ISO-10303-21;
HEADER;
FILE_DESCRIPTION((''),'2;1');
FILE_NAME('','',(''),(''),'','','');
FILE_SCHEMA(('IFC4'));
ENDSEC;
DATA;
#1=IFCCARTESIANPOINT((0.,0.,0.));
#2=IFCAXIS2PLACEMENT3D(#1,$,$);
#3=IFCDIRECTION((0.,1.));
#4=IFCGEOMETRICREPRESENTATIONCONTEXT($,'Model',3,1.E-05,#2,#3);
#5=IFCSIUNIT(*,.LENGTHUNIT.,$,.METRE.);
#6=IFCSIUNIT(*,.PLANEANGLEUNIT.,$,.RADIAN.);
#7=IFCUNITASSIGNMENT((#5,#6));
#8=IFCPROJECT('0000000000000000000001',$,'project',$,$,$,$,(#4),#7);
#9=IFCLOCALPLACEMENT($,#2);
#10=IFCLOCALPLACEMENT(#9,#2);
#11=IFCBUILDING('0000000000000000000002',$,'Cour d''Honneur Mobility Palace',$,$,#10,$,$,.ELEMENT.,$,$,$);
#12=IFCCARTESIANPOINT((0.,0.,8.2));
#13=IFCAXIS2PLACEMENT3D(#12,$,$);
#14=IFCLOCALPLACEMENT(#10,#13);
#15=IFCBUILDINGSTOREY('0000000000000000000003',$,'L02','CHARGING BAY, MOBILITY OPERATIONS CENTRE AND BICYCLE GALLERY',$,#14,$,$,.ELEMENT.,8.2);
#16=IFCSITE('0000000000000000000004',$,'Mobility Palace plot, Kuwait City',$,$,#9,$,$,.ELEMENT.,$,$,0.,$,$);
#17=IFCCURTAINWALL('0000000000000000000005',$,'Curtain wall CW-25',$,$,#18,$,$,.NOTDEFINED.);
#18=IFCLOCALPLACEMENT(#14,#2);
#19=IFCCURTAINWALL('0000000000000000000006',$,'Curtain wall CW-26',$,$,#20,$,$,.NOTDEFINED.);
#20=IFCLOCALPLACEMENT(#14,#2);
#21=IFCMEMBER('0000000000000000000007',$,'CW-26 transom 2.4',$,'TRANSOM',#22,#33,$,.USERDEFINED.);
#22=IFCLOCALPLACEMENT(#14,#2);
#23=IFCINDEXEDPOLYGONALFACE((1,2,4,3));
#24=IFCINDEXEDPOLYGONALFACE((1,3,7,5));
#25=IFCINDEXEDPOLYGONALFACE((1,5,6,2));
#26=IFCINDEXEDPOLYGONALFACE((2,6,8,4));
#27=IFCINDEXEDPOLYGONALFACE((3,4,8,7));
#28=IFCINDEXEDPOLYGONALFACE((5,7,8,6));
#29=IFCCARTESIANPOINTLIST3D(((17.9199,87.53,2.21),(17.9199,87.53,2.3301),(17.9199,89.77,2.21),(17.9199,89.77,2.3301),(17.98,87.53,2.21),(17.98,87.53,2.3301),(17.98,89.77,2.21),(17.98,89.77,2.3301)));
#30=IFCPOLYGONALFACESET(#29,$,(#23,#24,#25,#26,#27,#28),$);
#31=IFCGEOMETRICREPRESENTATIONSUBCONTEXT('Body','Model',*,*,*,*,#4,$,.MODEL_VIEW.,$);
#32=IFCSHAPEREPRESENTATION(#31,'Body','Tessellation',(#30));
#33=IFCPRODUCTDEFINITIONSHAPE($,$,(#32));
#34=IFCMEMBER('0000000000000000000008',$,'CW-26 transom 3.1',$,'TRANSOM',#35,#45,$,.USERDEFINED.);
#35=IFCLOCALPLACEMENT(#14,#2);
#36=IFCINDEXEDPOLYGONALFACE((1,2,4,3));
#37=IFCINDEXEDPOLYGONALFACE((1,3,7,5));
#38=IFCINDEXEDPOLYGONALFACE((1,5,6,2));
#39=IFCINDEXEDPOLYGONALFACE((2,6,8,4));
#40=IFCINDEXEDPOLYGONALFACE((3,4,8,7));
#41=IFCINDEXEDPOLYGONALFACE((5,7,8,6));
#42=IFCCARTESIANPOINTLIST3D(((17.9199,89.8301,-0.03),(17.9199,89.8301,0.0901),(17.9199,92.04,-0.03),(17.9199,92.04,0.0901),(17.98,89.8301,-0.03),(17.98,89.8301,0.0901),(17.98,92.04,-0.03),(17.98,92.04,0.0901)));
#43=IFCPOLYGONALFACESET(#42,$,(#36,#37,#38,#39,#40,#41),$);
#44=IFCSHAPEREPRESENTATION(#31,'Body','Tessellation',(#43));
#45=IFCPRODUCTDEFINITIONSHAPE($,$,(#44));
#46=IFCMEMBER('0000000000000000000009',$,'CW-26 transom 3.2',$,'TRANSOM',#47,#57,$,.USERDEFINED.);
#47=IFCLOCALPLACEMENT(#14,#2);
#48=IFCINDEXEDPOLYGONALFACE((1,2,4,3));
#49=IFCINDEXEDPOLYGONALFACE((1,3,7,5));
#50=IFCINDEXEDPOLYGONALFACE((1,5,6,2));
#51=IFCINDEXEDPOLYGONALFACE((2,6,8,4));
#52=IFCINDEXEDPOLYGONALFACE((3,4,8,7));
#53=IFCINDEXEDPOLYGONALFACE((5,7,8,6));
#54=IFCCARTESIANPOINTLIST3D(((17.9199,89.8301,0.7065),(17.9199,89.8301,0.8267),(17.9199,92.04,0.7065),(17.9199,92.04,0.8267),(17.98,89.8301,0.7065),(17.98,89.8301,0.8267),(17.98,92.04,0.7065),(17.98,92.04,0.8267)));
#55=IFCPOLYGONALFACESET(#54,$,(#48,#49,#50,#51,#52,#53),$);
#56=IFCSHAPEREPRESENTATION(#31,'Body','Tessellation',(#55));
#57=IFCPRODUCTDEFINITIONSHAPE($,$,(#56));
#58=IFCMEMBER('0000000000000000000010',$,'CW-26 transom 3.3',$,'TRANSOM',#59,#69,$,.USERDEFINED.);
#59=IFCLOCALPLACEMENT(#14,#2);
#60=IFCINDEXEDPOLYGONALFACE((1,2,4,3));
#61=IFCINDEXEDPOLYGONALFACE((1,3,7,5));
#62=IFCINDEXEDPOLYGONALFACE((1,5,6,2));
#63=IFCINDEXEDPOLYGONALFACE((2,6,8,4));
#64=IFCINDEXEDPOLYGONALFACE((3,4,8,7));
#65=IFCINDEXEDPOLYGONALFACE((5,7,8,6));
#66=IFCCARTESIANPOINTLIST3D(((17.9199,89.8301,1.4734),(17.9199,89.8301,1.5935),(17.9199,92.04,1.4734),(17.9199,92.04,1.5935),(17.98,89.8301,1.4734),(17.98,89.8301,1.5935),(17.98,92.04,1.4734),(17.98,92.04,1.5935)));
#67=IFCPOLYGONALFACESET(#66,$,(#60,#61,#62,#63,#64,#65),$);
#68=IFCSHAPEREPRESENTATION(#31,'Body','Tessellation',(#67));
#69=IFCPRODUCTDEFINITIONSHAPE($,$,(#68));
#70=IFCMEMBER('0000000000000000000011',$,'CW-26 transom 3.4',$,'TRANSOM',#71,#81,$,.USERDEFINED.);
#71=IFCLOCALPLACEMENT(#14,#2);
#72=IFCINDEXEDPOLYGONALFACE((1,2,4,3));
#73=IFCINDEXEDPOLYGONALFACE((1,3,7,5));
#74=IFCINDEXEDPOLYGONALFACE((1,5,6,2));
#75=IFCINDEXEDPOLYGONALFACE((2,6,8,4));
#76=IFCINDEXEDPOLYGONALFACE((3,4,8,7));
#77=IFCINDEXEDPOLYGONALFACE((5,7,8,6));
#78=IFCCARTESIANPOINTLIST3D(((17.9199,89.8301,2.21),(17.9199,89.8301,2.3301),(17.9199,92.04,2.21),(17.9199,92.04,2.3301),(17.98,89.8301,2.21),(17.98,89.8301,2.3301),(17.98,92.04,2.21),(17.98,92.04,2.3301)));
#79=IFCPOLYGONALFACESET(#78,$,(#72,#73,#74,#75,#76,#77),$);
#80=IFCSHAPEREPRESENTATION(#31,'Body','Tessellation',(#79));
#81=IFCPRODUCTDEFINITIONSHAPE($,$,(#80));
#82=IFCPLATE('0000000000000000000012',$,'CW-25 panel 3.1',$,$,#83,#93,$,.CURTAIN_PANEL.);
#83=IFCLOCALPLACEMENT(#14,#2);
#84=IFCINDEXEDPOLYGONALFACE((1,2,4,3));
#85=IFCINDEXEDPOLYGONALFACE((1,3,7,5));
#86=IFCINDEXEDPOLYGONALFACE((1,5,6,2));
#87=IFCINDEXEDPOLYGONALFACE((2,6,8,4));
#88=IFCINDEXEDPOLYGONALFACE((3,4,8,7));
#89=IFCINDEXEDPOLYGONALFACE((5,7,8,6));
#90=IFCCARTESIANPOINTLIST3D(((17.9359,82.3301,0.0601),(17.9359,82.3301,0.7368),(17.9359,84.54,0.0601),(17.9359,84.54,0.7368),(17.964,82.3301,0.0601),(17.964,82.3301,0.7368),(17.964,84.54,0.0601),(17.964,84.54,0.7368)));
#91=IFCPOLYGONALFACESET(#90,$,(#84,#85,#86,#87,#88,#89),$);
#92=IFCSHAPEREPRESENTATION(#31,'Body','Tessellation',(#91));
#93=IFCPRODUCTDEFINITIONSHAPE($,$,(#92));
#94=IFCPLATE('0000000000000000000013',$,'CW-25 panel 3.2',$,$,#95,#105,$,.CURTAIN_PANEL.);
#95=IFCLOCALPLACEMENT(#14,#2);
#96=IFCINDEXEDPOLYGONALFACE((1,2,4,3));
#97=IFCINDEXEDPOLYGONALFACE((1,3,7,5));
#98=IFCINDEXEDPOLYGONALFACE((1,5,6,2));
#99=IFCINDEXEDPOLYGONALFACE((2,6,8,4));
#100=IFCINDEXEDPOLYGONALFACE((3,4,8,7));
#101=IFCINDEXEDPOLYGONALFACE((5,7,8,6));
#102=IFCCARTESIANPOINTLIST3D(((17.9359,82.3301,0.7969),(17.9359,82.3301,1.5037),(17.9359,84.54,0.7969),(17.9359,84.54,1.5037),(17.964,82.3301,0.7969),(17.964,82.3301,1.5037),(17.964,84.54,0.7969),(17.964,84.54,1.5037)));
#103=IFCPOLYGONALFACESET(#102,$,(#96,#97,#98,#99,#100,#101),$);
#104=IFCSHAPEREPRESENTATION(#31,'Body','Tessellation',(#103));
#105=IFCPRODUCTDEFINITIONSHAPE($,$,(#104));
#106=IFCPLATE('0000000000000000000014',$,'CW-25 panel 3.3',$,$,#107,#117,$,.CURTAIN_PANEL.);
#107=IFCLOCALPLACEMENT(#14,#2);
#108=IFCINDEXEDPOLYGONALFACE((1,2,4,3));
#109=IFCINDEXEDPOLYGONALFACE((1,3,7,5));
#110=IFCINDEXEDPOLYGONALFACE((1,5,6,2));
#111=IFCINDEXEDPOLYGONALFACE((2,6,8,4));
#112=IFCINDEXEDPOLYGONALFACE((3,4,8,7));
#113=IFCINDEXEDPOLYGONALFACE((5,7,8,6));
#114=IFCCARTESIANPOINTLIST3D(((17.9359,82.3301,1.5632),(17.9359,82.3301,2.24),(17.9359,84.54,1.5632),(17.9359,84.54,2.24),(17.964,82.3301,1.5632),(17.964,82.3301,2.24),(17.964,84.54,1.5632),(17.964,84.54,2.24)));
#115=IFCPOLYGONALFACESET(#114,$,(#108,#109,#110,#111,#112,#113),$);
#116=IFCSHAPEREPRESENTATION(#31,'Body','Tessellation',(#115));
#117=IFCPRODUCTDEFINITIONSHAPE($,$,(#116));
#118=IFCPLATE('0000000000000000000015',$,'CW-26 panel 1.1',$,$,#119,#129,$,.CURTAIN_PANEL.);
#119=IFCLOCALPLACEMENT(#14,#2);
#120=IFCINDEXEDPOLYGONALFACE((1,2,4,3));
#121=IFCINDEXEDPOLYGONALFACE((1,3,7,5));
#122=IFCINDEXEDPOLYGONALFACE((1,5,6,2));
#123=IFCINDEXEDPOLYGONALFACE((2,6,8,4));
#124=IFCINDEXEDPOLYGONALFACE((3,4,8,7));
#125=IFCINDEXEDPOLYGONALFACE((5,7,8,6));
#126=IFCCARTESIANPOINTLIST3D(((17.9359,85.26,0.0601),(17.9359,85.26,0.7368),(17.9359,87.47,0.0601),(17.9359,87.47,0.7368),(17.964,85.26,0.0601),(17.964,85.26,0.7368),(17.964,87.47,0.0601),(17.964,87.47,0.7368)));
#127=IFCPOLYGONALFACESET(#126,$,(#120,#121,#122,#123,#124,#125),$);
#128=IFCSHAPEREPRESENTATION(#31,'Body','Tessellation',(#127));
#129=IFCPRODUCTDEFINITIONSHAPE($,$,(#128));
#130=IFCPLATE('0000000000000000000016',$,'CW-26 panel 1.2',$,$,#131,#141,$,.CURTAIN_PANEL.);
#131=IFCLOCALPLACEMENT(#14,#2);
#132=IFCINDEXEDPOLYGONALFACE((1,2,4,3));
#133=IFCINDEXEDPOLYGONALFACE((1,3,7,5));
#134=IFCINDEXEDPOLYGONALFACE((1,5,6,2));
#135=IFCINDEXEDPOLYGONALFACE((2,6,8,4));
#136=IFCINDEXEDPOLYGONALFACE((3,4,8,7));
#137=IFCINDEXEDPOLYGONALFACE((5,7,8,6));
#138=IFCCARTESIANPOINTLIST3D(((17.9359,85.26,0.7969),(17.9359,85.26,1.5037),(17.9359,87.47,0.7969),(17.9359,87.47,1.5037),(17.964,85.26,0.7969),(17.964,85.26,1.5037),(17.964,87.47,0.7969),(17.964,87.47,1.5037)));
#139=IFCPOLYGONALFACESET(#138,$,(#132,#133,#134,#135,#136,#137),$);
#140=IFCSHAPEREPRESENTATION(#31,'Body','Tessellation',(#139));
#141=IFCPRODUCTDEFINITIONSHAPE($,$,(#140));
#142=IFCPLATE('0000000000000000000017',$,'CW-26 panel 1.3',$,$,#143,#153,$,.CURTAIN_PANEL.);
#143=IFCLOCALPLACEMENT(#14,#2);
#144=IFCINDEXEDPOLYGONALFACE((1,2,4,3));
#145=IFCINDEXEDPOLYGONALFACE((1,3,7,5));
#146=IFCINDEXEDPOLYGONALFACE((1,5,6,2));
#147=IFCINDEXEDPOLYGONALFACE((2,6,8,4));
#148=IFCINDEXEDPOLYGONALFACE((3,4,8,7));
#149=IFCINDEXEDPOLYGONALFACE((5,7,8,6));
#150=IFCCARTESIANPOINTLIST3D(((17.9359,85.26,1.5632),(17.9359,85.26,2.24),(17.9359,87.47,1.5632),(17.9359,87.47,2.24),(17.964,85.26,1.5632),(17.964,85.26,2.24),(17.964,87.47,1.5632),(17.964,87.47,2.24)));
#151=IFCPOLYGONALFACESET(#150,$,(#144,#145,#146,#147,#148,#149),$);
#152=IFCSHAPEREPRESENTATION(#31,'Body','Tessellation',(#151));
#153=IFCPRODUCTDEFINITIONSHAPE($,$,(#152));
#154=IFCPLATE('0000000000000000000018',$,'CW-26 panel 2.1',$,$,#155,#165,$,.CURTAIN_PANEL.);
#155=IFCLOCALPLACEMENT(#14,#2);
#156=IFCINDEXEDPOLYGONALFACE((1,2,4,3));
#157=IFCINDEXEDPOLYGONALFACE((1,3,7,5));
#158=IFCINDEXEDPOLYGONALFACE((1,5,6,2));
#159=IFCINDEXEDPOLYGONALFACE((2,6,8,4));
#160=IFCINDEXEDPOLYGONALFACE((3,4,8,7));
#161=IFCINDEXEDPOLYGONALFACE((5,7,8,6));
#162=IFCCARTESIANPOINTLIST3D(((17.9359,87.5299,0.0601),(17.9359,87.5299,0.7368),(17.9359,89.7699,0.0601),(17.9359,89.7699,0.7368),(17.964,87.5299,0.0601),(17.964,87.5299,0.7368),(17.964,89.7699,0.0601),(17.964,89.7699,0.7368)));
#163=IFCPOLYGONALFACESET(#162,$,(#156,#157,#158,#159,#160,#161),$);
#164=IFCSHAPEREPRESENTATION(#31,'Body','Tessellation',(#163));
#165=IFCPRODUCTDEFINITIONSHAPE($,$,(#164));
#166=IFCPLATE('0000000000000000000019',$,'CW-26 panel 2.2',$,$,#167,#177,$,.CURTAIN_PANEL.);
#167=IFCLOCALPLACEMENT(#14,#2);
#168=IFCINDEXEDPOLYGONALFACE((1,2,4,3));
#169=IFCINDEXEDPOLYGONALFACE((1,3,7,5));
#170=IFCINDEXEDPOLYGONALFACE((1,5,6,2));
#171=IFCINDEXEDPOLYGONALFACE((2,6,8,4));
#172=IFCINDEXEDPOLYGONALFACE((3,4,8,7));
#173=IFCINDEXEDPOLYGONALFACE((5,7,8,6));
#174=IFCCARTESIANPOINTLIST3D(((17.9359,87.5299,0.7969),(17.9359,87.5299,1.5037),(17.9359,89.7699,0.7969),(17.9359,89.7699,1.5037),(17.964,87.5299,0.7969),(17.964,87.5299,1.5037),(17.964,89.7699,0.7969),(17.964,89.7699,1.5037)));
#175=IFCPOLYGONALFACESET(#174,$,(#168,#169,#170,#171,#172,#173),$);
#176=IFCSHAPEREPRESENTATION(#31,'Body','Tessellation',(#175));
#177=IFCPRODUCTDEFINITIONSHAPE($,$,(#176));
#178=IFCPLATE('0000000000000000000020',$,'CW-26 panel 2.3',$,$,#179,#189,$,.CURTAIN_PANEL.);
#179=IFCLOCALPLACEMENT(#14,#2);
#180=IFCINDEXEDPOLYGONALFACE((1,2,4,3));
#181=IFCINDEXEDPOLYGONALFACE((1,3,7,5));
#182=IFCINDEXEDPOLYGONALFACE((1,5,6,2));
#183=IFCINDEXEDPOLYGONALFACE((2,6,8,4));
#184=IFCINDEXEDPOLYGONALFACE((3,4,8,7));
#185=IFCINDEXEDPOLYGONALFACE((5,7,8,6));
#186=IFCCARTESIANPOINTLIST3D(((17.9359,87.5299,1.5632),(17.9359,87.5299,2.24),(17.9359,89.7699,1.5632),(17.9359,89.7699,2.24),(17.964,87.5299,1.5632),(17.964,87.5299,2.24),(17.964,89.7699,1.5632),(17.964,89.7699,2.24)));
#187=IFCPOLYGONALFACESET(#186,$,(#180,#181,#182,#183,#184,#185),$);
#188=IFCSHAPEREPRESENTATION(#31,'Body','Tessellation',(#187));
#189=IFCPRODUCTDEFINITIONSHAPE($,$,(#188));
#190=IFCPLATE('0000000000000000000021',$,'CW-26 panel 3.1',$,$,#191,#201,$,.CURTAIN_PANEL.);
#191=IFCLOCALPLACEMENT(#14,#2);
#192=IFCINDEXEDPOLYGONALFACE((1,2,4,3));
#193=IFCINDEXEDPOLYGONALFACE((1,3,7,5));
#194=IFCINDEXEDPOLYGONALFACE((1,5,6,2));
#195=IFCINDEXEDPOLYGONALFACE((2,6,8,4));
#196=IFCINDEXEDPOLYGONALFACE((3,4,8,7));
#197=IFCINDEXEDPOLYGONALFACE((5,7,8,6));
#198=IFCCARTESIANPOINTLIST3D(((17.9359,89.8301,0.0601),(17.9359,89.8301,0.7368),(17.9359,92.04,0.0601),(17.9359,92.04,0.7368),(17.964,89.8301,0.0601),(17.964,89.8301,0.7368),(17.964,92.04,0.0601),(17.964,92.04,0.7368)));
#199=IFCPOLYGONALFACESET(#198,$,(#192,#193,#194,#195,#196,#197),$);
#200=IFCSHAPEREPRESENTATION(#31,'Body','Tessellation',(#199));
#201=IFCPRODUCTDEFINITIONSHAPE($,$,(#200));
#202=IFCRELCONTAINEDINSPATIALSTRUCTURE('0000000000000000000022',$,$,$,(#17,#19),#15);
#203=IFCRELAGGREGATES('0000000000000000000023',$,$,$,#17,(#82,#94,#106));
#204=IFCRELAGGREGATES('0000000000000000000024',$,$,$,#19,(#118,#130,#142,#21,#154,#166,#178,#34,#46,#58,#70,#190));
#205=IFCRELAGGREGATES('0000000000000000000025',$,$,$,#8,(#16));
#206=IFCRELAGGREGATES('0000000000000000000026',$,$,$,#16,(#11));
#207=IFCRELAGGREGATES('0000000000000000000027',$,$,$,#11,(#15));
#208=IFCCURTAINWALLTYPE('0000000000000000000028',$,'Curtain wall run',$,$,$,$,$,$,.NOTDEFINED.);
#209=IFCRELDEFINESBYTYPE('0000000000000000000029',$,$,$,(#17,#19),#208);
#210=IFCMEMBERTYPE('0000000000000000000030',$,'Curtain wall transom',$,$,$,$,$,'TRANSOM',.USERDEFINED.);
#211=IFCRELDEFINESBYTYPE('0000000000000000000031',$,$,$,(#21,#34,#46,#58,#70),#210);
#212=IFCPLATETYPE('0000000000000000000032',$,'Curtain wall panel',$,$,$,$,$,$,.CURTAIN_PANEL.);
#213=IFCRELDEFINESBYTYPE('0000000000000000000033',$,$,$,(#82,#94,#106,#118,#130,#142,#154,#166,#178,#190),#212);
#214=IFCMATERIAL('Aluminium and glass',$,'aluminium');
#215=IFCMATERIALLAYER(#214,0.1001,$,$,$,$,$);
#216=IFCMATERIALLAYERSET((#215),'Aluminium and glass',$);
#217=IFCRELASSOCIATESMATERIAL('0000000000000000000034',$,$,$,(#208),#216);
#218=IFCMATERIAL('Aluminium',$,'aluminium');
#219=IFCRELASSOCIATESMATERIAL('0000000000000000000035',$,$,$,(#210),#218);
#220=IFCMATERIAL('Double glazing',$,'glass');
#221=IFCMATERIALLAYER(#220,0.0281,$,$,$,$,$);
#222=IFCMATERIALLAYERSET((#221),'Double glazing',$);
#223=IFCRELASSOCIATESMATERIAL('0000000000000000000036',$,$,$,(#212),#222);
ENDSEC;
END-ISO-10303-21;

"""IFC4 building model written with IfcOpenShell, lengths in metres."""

from ifc_helpers import new_model, si_unit, direction, frame, origin, origin_2d, place, context, subcontext, project, spatial, rectangle, extrude, material, layer, layer_set, material_profile, profile_set, type_object, element, aggregate, save


model = new_model("IFC4")

# Units and contexts
model_context = context("Model", 3, precision=1e-05, world=origin(), true_north=direction((0.0, 1.0)))
body_context = subcontext(model_context, "Body", "Model", "MODEL_VIEW")
ifc_project = project(units=[si_unit("LENGTHUNIT", "METRE"), si_unit("PLANEANGLEUNIT", "RADIAN")], contexts=[model_context])

# Site, building, storey
site_placement = place(None, origin())
site = spatial("IfcSite", under=ifc_project, at=site_placement, Name="Mobility Palace plot, Kuwait City", CompositionType="ELEMENT", RefElevation=0.0)
building_placement = place(site_placement, origin())
building = spatial("IfcBuilding", under=site, at=building_placement, Name="Cour d'Honneur Mobility Palace", CompositionType="ELEMENT")
storey_placement = place(building_placement, frame((0.0, 0.0, 8.2)))
storey = spatial("IfcBuildingStorey", under=building, at=storey_placement, Name="L02", Description="CHARGING BAY, MOBILITY OPERATIONS CENTRE AND BICYCLE GALLERY", CompositionType="ELEMENT", Elevation=8.2)

# Curtain wall
ifc_material_1 = material(Name="Aluminium and glass", Category="aluminium")
ifc_layer_1 = layer(ifc_material_1, 0.1001)
ifc_layer_set_1 = layer_set([ifc_layer_1], Name="Aluminium and glass")
curtain_wall_type = type_object("IfcCurtainWallType", Name="Curtain wall run", PredefinedType="NOTDEFINED", material=ifc_layer_set_1)
curtain_wall_1_placement = place(storey_placement, origin())
curtain_wall_1 = element("IfcCurtainWall", 1, at=curtain_wall_1_placement, inside=storey, type_object=curtain_wall_type, Name="Curtain wall CW-25", PredefinedType="NOTDEFINED")

# Curtain wall
curtain_wall_2_placement = place(storey_placement, origin())
curtain_wall_2 = element("IfcCurtainWall", 2, at=curtain_wall_2_placement, inside=storey, type_object=curtain_wall_type, Name="Curtain wall CW-26", PredefinedType="NOTDEFINED")

# Members
ifc_material_2 = material(Name="Aluminium", Category="aluminium")
ifc_material_profile_1 = material_profile(ifc_material_2, rectangle(XDim=0.0601, YDim=0.1201, at=origin_2d()), Name="Curtain wall transom")
ifc_profile_set_1 = profile_set([ifc_material_profile_1], Name="Aluminium")
member_type_1 = type_object("IfcMemberType", Name="Curtain wall transom", ElementType="TRANSOM", PredefinedType="USERDEFINED", material=ifc_profile_set_1)
member_1_placement = place(storey_placement, frame((17.95, 87.53, 2.27), z_axis=(0.0, 1.0, 0.0), x_axis=(-1.0, 0.0, 0.0)))
member_1 = element("IfcMember", 3, at=member_1_placement, type_object=member_type_1, Name="CW-26 transom 2.4", ObjectType="TRANSOM", PredefinedType="USERDEFINED", context=body_context, shape_type="SweptSolid", body=[
    extrude(rectangle(XDim=0.0601, YDim=0.1201, at=origin_2d()), origin(), (0.0, 0.0, 1.0), 2.24),
])
member_2_placement = place(storey_placement, frame((17.95, 89.8301, 0.03), z_axis=(0.0, 1.0, 0.0), x_axis=(-1.0, 0.0, 0.0)))
member_2 = element("IfcMember", 4, at=member_2_placement, type_object=member_type_1, Name="CW-26 transom 3.1", ObjectType="TRANSOM", PredefinedType="USERDEFINED", context=body_context, shape_type="SweptSolid", body=[
    extrude(rectangle(XDim=0.0601, YDim=0.1201, at=origin_2d()), origin(), (0.0, 0.0, 1.0), 2.21),
])
member_3_placement = place(storey_placement, frame((17.95, 89.8301, 0.7666), z_axis=(0.0, 1.0, 0.0), x_axis=(-1.0, 0.0, 0.0)))
member_3 = element("IfcMember", 5, at=member_3_placement, type_object=member_type_1, Name="CW-26 transom 3.2", ObjectType="TRANSOM", PredefinedType="USERDEFINED", context=body_context, shape_type="SweptSolid", body=[
    extrude(rectangle(XDim=0.0601, YDim=0.1201, at=origin_2d()), origin(), (0.0, 0.0, 1.0), 2.21),
])
member_4_placement = place(storey_placement, frame((17.95, 89.8301, 1.5334), z_axis=(0.0, 1.0, 0.0), x_axis=(-1.0, 0.0, 0.0)))
member_4 = element("IfcMember", 6, at=member_4_placement, type_object=member_type_1, Name="CW-26 transom 3.3", ObjectType="TRANSOM", PredefinedType="USERDEFINED", context=body_context, shape_type="SweptSolid", body=[
    extrude(rectangle(XDim=0.0601, YDim=0.1201, at=origin_2d()), origin(), (0.0, 0.0, 1.0), 2.21),
])
member_5_placement = place(storey_placement, frame((17.95, 89.8301, 2.27), z_axis=(0.0, 1.0, 0.0), x_axis=(-1.0, 0.0, 0.0)))
member_5 = element("IfcMember", 7, at=member_5_placement, type_object=member_type_1, Name="CW-26 transom 3.4", ObjectType="TRANSOM", PredefinedType="USERDEFINED", context=body_context, shape_type="SweptSolid", body=[
    extrude(rectangle(XDim=0.0601, YDim=0.1201, at=origin_2d()), origin(), (0.0, 0.0, 1.0), 2.21),
])

# Plates
ifc_material_3 = material(Name="Double glazing", Category="glass")
ifc_layer_2 = layer(ifc_material_3, 0.0281)
ifc_layer_set_2 = layer_set([ifc_layer_2], Name="Double glazing")
plate_type = type_object("IfcPlateType", Name="Curtain wall panel", PredefinedType="CURTAIN_PANEL", material=ifc_layer_set_2)
plate_1_placement = place(storey_placement, frame((17.95, 83.4351, 0.0601), z_axis=(0.0, 0.0, 1.0), x_axis=(0.0, 1.0, 0.0)))
plate_1 = element("IfcPlate", 8, at=plate_1_placement, type_object=plate_type, Name="CW-25 panel 3.1", PredefinedType="CURTAIN_PANEL", context=body_context, shape_type="SweptSolid", body=[
    extrude(rectangle(XDim=2.21, YDim=0.0281, at=origin_2d()), origin(), (0.0, 0.0, 1.0), 0.6768),
])
plate_2_placement = place(storey_placement, frame((17.95, 83.4351, 0.7969), z_axis=(0.0, 0.0, 1.0), x_axis=(0.0, 1.0, 0.0)))
plate_2 = element("IfcPlate", 9, at=plate_2_placement, type_object=plate_type, Name="CW-25 panel 3.2", PredefinedType="CURTAIN_PANEL", context=body_context, shape_type="SweptSolid", body=[
    extrude(rectangle(XDim=2.21, YDim=0.0281, at=origin_2d()), origin(), (0.0, 0.0, 1.0), 0.7068),
])
plate_3_placement = place(storey_placement, frame((17.95, 83.4351, 1.5632), z_axis=(0.0, 0.0, 1.0), x_axis=(0.0, 1.0, 0.0)))
plate_3 = element("IfcPlate", 10, at=plate_3_placement, type_object=plate_type, Name="CW-25 panel 3.3", PredefinedType="CURTAIN_PANEL", context=body_context, shape_type="SweptSolid", body=[
    extrude(rectangle(XDim=2.21, YDim=0.0281, at=origin_2d()), origin(), (0.0, 0.0, 1.0), 0.6768),
])
aggregate(curtain_wall_1, [plate_1, plate_2, plate_3])
plate_4_placement = place(storey_placement, frame((17.95, 86.365, 0.0601), z_axis=(0.0, 0.0, 1.0), x_axis=(0.0, 1.0, 0.0)))
plate_4 = element("IfcPlate", 11, at=plate_4_placement, type_object=plate_type, Name="CW-26 panel 1.1", PredefinedType="CURTAIN_PANEL", context=body_context, shape_type="SweptSolid", body=[
    extrude(rectangle(XDim=2.21, YDim=0.0281, at=origin_2d()), origin(), (0.0, 0.0, 1.0), 0.6768),
])
plate_5_placement = place(storey_placement, frame((17.95, 86.365, 0.7969), z_axis=(0.0, 0.0, 1.0), x_axis=(0.0, 1.0, 0.0)))
plate_5 = element("IfcPlate", 12, at=plate_5_placement, type_object=plate_type, Name="CW-26 panel 1.2", PredefinedType="CURTAIN_PANEL", context=body_context, shape_type="SweptSolid", body=[
    extrude(rectangle(XDim=2.21, YDim=0.0281, at=origin_2d()), origin(), (0.0, 0.0, 1.0), 0.7068),
])
plate_6_placement = place(storey_placement, frame((17.95, 86.365, 1.5632), z_axis=(0.0, 0.0, 1.0), x_axis=(0.0, 1.0, 0.0)))
plate_6 = element("IfcPlate", 13, at=plate_6_placement, type_object=plate_type, Name="CW-26 panel 1.3", PredefinedType="CURTAIN_PANEL", context=body_context, shape_type="SweptSolid", body=[
    extrude(rectangle(XDim=2.21, YDim=0.0281, at=origin_2d()), origin(), (0.0, 0.0, 1.0), 0.6768),
])
plate_7_placement = place(storey_placement, frame((17.95, 88.6499, 0.0601), z_axis=(0.0, 0.0, 1.0), x_axis=(0.0, 1.0, 0.0)))
plate_7 = element("IfcPlate", 14, at=plate_7_placement, type_object=plate_type, Name="CW-26 panel 2.1", PredefinedType="CURTAIN_PANEL", context=body_context, shape_type="SweptSolid", body=[
    extrude(rectangle(XDim=2.24, YDim=0.0281, at=origin_2d()), origin(), (0.0, 0.0, 1.0), 0.6768),
])
plate_8_placement = place(storey_placement, frame((17.95, 88.6499, 0.7969), z_axis=(0.0, 0.0, 1.0), x_axis=(0.0, 1.0, 0.0)))
plate_8 = element("IfcPlate", 15, at=plate_8_placement, type_object=plate_type, Name="CW-26 panel 2.2", PredefinedType="CURTAIN_PANEL", context=body_context, shape_type="SweptSolid", body=[
    extrude(rectangle(XDim=2.24, YDim=0.0281, at=origin_2d()), origin(), (0.0, 0.0, 1.0), 0.7068),
])
plate_9_placement = place(storey_placement, frame((17.95, 88.6499, 1.5632), z_axis=(0.0, 0.0, 1.0), x_axis=(0.0, 1.0, 0.0)))
plate_9 = element("IfcPlate", 16, at=plate_9_placement, type_object=plate_type, Name="CW-26 panel 2.3", PredefinedType="CURTAIN_PANEL", context=body_context, shape_type="SweptSolid", body=[
    extrude(rectangle(XDim=2.24, YDim=0.0281, at=origin_2d()), origin(), (0.0, 0.0, 1.0), 0.6768),
])
plate_10_placement = place(storey_placement, frame((17.95, 90.9351, 0.0601), z_axis=(0.0, 0.0, 1.0), x_axis=(0.0, 1.0, 0.0)))
plate_10 = element("IfcPlate", 17, at=plate_10_placement, type_object=plate_type, Name="CW-26 panel 3.1", PredefinedType="CURTAIN_PANEL", context=body_context, shape_type="SweptSolid", body=[
    extrude(rectangle(XDim=2.21, YDim=0.0281, at=origin_2d()), origin(), (0.0, 0.0, 1.0), 0.6768),
])
aggregate(curtain_wall_2, [plate_4, plate_5, plate_6, member_1, plate_7, plate_8, plate_9, member_2, member_3, member_4, member_5, plate_10])

save(model, "model.ifc")
